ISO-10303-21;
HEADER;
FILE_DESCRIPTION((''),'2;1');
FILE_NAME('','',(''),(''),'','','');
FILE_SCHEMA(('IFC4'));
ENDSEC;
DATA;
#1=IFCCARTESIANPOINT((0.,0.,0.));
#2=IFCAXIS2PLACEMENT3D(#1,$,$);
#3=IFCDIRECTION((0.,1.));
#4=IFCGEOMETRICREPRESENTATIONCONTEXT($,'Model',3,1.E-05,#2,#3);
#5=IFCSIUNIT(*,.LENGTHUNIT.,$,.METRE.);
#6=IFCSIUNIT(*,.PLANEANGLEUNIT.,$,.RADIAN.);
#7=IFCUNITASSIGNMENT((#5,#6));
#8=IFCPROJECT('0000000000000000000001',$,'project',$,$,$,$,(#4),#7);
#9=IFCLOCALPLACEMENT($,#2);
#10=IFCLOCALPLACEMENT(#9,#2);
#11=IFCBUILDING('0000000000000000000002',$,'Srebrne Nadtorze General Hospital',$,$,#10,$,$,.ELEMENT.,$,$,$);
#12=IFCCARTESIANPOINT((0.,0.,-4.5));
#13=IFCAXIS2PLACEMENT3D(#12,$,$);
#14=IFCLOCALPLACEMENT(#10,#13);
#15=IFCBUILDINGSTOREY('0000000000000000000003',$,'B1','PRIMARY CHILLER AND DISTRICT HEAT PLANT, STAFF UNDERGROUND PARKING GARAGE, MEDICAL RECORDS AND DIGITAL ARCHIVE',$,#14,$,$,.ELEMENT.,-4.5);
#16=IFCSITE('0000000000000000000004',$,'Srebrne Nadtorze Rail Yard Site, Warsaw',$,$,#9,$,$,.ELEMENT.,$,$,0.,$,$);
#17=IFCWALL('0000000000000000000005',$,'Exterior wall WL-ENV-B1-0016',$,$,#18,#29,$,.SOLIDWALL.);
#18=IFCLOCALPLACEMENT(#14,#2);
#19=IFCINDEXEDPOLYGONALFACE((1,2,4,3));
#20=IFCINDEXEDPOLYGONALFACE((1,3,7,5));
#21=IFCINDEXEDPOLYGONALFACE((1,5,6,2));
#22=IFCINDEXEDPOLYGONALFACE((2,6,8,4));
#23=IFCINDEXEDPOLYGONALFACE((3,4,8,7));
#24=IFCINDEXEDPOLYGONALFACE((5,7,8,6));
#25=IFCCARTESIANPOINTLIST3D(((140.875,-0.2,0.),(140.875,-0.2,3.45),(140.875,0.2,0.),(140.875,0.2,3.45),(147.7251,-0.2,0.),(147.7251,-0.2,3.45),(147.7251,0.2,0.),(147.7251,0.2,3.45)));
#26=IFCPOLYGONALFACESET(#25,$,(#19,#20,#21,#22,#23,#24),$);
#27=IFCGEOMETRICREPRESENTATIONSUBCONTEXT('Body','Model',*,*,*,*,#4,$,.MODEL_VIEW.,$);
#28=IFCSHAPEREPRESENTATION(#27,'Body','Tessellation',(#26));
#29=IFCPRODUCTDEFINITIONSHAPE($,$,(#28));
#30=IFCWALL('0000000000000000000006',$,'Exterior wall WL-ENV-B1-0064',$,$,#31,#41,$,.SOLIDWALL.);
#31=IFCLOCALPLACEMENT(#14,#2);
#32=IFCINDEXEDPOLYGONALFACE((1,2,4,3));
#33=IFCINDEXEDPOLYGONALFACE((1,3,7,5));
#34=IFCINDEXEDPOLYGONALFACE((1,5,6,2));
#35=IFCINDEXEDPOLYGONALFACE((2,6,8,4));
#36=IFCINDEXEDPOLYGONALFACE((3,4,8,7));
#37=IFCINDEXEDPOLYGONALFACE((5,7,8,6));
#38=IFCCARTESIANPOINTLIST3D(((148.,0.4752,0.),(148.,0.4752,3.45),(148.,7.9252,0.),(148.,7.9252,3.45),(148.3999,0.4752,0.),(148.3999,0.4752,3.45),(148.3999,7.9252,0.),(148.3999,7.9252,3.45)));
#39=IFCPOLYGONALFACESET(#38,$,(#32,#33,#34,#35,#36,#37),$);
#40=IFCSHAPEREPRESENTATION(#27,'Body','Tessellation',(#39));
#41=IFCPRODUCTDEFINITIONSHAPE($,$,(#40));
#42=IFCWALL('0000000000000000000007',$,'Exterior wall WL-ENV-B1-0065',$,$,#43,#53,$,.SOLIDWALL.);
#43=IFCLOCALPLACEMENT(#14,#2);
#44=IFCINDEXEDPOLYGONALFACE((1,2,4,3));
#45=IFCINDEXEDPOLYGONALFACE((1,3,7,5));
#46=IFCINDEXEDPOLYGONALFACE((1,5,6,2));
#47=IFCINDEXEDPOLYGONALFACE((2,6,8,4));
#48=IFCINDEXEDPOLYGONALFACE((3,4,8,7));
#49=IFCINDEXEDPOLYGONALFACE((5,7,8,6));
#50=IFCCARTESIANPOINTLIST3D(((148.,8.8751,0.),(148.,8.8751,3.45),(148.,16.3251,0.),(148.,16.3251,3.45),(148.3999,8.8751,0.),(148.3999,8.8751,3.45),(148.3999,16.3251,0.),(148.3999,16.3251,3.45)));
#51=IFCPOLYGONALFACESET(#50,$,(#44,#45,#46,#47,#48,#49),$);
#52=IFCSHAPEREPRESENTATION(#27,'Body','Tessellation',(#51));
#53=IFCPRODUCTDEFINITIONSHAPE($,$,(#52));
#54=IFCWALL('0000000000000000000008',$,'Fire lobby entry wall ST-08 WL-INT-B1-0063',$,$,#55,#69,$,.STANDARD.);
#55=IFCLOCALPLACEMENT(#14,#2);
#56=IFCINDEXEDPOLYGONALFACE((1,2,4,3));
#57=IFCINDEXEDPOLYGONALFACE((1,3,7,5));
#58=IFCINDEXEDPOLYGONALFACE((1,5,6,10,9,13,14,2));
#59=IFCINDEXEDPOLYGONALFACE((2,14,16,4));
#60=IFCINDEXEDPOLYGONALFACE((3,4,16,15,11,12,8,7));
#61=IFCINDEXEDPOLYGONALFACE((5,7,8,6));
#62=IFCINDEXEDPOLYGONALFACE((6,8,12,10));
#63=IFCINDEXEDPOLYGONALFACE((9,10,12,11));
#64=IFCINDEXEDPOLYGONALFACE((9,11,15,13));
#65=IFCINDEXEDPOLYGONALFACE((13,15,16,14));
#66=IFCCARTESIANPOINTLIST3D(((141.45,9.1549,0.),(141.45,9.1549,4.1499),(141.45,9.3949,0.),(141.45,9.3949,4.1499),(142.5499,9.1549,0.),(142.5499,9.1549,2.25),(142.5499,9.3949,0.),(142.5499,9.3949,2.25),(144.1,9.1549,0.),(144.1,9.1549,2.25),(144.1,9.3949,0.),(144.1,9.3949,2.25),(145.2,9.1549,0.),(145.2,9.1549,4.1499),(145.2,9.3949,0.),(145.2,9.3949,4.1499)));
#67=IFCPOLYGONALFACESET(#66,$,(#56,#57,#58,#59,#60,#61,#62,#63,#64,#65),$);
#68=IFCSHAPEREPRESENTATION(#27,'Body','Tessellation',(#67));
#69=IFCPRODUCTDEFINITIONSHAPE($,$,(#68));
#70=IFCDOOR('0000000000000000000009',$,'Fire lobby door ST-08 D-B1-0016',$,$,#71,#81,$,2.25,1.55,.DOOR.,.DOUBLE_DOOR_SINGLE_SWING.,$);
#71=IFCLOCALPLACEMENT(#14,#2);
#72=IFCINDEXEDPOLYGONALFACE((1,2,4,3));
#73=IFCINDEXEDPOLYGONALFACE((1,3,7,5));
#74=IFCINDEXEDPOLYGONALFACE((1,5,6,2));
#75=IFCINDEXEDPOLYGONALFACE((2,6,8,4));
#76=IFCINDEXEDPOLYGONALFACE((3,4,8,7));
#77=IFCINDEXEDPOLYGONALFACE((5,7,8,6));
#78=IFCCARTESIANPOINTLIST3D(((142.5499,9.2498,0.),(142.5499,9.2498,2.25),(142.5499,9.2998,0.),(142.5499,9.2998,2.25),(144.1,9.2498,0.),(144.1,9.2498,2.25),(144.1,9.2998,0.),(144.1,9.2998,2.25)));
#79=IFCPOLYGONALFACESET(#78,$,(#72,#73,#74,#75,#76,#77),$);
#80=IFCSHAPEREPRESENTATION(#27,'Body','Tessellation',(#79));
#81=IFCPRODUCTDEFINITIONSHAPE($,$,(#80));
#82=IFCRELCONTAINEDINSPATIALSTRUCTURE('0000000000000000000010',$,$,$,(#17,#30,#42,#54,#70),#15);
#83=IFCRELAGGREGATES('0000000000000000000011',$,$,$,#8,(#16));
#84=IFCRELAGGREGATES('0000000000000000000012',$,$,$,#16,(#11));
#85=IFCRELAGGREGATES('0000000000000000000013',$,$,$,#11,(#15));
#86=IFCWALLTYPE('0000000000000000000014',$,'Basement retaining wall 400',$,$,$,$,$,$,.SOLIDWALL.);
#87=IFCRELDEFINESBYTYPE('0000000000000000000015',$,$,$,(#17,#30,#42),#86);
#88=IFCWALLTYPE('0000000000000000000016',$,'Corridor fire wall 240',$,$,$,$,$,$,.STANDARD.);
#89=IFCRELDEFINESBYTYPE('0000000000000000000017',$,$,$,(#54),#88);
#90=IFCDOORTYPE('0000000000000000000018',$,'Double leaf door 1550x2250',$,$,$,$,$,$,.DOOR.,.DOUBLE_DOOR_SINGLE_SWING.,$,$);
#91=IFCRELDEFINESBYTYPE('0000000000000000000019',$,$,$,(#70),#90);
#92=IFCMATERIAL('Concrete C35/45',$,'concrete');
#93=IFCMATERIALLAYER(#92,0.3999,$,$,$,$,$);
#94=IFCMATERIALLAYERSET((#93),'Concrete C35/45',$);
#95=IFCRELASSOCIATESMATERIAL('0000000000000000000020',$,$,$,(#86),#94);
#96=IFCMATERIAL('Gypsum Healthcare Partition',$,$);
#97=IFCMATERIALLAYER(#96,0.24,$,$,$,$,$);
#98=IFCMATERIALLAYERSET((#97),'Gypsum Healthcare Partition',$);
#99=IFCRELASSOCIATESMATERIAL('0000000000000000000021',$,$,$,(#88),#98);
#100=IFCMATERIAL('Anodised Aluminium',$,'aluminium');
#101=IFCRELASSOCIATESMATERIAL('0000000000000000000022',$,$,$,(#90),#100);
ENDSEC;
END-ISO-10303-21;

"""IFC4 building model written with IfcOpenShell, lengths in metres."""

from ifc_helpers import new_model, si_unit, direction, frame, frame_2d, origin, place, context, subcontext, project, spatial, rectangle, extrude, material, layer, layer_set, type_object, element, fill, save


model = new_model("IFC4")

# Units and contexts
model_context = context("Model", 3, precision=1e-05, world=origin(), true_north=direction((0.0, 1.0)))
body_context = subcontext(model_context, "Body", "Model", "MODEL_VIEW")
ifc_project = project(units=[si_unit("LENGTHUNIT", "METRE"), si_unit("PLANEANGLEUNIT", "RADIAN")], contexts=[model_context])

# Site, building, storey
site_placement = place(None, origin())
site = spatial("IfcSite", under=ifc_project, at=site_placement, Name="Srebrne Nadtorze Rail Yard Site, Warsaw", CompositionType="ELEMENT", RefElevation=0.0)
building_placement = place(site_placement, origin())
building = spatial("IfcBuilding", under=site, at=building_placement, Name="Srebrne Nadtorze General Hospital", CompositionType="ELEMENT")
storey_placement = place(building_placement, frame((0.0, 0.0, -4.5)))
storey = spatial("IfcBuildingStorey", under=building, at=storey_placement, Name="B1", Description="PRIMARY CHILLER AND DISTRICT HEAT PLANT, STAFF UNDERGROUND PARKING GARAGE, MEDICAL RECORDS AND DIGITAL ARCHIVE", CompositionType="ELEMENT", Elevation=-4.5)

# Walls
ifc_material_1 = material(Name="Concrete C35/45", Category="concrete")
ifc_layer_1 = layer(ifc_material_1, 0.3999)
ifc_layer_set_1 = layer_set([ifc_layer_1], Name="Concrete C35/45")
wall_type_1 = type_object("IfcWallType", Name="Basement retaining wall 400", PredefinedType="SOLIDWALL", material=ifc_layer_set_1)
wall_1_placement = place(storey_placement, frame((140.875, 0.0, 0.0), z_axis=(0.0, 0.0, 1.0), x_axis=(1.0, 0.0, 0.0)))
element("IfcWall", 1, at=wall_1_placement, inside=storey, type_object=wall_type_1, Name="Exterior wall WL-ENV-B1-0016", PredefinedType="SOLIDWALL", context=body_context, shape_type="SweptSolid", body=[
    extrude(rectangle(XDim=6.8501, YDim=0.3999, at=frame_2d((3.425, 0.0))), origin(), (0.0, 0.0, 1.0), 3.45),
])
for number, where, z_axis, x_axis, name in (
    (2, (148.2, 0.4751, 0.0), (0.0, 0.0, 1.0), (0.0, 1.0, 0.0), "Exterior wall WL-ENV-B1-0064"),
    (3, (148.2, 8.875, 0.0), (0.0, 0.0, 1.0), (0.0, 1.0, 0.0), "Exterior wall WL-ENV-B1-0065"),
):
    element("IfcWall", number, at=place(storey_placement, frame(where, z_axis=z_axis, x_axis=x_axis)), inside=storey, type_object=wall_type_1, Name=name, PredefinedType="SOLIDWALL", context=body_context, shape_type="SweptSolid", body=[
        extrude(rectangle(XDim=7.45, YDim=0.3999, at=frame_2d((3.7251, 0.0))), origin(), (0.0, 0.0, 1.0), 3.45),
    ])
ifc_material_2 = material(Name="Gypsum Healthcare Partition")
ifc_layer_2 = layer(ifc_material_2, 0.24)
ifc_layer_set_2 = layer_set([ifc_layer_2], Name="Gypsum Healthcare Partition")
wall_type_2 = type_object("IfcWallType", Name="Corridor fire wall 240", PredefinedType="STANDARD", material=ifc_layer_set_2)

# Wall, opening, door
wall_2_placement = place(storey_placement, frame((141.45, 9.2749, 0.0), z_axis=(0.0, 0.0, 1.0), x_axis=(1.0, 0.0, 0.0)))
wall_2 = element("IfcWall", 4, at=wall_2_placement, inside=storey, type_object=wall_type_2, Name="Fire lobby entry wall ST-08 WL-INT-B1-0063", PredefinedType="STANDARD", context=body_context, shape_type="SweptSolid", body=[
    extrude(rectangle(XDim=3.75, YDim=0.24, at=frame_2d((1.875, 0.0))), origin(), (0.0, 0.0, 1.0), 4.1499),
])
opening_placement = place(wall_2_placement, frame((1.1001, 0.0, 0.0)))
opening = element("IfcOpeningElement", 5, at=opening_placement, cuts=wall_2, PredefinedType="OPENING", context=body_context, shape_type="SweptSolid", body=[
    extrude(rectangle(XDim=1.55, YDim=2.25, at=frame_2d((0.7749, 1.125))), frame((0.0, 0.1318, 0.0), z_axis=(0.0, -1.0, 0.0), x_axis=(1.0, 0.0, 0.0)), (0.0, 0.0, 1.0), 0.2639),
])
ifc_material_3 = material(Name="Anodised Aluminium", Category="aluminium")
door_type = type_object("IfcDoorType", Name="Double leaf door 1550x2250", OperationType="DOUBLE_DOOR_SINGLE_SWING", PredefinedType="DOOR", material=ifc_material_3)
door_placement = place(opening_placement, origin())
door = element("IfcDoor", 6, at=door_placement, inside=storey, type_object=door_type, Name="Fire lobby door ST-08 D-B1-0016", OperationType="DOUBLE_DOOR_SINGLE_SWING", OverallHeight=2.25, OverallWidth=1.55, PredefinedType="DOOR", context=body_context, shape_type="SweptSolid", body=[
    extrude(rectangle(XDim=1.55, YDim=2.25, at=frame_2d((0.7749, 1.125))), frame((0.0, 0.0249, 0.0), z_axis=(0.0, -1.0, 0.0), x_axis=(1.0, 0.0, 0.0)), (0.0, 0.0, 1.0), 0.05),
])
fill(opening, door)

save(model, "model.ifc")
